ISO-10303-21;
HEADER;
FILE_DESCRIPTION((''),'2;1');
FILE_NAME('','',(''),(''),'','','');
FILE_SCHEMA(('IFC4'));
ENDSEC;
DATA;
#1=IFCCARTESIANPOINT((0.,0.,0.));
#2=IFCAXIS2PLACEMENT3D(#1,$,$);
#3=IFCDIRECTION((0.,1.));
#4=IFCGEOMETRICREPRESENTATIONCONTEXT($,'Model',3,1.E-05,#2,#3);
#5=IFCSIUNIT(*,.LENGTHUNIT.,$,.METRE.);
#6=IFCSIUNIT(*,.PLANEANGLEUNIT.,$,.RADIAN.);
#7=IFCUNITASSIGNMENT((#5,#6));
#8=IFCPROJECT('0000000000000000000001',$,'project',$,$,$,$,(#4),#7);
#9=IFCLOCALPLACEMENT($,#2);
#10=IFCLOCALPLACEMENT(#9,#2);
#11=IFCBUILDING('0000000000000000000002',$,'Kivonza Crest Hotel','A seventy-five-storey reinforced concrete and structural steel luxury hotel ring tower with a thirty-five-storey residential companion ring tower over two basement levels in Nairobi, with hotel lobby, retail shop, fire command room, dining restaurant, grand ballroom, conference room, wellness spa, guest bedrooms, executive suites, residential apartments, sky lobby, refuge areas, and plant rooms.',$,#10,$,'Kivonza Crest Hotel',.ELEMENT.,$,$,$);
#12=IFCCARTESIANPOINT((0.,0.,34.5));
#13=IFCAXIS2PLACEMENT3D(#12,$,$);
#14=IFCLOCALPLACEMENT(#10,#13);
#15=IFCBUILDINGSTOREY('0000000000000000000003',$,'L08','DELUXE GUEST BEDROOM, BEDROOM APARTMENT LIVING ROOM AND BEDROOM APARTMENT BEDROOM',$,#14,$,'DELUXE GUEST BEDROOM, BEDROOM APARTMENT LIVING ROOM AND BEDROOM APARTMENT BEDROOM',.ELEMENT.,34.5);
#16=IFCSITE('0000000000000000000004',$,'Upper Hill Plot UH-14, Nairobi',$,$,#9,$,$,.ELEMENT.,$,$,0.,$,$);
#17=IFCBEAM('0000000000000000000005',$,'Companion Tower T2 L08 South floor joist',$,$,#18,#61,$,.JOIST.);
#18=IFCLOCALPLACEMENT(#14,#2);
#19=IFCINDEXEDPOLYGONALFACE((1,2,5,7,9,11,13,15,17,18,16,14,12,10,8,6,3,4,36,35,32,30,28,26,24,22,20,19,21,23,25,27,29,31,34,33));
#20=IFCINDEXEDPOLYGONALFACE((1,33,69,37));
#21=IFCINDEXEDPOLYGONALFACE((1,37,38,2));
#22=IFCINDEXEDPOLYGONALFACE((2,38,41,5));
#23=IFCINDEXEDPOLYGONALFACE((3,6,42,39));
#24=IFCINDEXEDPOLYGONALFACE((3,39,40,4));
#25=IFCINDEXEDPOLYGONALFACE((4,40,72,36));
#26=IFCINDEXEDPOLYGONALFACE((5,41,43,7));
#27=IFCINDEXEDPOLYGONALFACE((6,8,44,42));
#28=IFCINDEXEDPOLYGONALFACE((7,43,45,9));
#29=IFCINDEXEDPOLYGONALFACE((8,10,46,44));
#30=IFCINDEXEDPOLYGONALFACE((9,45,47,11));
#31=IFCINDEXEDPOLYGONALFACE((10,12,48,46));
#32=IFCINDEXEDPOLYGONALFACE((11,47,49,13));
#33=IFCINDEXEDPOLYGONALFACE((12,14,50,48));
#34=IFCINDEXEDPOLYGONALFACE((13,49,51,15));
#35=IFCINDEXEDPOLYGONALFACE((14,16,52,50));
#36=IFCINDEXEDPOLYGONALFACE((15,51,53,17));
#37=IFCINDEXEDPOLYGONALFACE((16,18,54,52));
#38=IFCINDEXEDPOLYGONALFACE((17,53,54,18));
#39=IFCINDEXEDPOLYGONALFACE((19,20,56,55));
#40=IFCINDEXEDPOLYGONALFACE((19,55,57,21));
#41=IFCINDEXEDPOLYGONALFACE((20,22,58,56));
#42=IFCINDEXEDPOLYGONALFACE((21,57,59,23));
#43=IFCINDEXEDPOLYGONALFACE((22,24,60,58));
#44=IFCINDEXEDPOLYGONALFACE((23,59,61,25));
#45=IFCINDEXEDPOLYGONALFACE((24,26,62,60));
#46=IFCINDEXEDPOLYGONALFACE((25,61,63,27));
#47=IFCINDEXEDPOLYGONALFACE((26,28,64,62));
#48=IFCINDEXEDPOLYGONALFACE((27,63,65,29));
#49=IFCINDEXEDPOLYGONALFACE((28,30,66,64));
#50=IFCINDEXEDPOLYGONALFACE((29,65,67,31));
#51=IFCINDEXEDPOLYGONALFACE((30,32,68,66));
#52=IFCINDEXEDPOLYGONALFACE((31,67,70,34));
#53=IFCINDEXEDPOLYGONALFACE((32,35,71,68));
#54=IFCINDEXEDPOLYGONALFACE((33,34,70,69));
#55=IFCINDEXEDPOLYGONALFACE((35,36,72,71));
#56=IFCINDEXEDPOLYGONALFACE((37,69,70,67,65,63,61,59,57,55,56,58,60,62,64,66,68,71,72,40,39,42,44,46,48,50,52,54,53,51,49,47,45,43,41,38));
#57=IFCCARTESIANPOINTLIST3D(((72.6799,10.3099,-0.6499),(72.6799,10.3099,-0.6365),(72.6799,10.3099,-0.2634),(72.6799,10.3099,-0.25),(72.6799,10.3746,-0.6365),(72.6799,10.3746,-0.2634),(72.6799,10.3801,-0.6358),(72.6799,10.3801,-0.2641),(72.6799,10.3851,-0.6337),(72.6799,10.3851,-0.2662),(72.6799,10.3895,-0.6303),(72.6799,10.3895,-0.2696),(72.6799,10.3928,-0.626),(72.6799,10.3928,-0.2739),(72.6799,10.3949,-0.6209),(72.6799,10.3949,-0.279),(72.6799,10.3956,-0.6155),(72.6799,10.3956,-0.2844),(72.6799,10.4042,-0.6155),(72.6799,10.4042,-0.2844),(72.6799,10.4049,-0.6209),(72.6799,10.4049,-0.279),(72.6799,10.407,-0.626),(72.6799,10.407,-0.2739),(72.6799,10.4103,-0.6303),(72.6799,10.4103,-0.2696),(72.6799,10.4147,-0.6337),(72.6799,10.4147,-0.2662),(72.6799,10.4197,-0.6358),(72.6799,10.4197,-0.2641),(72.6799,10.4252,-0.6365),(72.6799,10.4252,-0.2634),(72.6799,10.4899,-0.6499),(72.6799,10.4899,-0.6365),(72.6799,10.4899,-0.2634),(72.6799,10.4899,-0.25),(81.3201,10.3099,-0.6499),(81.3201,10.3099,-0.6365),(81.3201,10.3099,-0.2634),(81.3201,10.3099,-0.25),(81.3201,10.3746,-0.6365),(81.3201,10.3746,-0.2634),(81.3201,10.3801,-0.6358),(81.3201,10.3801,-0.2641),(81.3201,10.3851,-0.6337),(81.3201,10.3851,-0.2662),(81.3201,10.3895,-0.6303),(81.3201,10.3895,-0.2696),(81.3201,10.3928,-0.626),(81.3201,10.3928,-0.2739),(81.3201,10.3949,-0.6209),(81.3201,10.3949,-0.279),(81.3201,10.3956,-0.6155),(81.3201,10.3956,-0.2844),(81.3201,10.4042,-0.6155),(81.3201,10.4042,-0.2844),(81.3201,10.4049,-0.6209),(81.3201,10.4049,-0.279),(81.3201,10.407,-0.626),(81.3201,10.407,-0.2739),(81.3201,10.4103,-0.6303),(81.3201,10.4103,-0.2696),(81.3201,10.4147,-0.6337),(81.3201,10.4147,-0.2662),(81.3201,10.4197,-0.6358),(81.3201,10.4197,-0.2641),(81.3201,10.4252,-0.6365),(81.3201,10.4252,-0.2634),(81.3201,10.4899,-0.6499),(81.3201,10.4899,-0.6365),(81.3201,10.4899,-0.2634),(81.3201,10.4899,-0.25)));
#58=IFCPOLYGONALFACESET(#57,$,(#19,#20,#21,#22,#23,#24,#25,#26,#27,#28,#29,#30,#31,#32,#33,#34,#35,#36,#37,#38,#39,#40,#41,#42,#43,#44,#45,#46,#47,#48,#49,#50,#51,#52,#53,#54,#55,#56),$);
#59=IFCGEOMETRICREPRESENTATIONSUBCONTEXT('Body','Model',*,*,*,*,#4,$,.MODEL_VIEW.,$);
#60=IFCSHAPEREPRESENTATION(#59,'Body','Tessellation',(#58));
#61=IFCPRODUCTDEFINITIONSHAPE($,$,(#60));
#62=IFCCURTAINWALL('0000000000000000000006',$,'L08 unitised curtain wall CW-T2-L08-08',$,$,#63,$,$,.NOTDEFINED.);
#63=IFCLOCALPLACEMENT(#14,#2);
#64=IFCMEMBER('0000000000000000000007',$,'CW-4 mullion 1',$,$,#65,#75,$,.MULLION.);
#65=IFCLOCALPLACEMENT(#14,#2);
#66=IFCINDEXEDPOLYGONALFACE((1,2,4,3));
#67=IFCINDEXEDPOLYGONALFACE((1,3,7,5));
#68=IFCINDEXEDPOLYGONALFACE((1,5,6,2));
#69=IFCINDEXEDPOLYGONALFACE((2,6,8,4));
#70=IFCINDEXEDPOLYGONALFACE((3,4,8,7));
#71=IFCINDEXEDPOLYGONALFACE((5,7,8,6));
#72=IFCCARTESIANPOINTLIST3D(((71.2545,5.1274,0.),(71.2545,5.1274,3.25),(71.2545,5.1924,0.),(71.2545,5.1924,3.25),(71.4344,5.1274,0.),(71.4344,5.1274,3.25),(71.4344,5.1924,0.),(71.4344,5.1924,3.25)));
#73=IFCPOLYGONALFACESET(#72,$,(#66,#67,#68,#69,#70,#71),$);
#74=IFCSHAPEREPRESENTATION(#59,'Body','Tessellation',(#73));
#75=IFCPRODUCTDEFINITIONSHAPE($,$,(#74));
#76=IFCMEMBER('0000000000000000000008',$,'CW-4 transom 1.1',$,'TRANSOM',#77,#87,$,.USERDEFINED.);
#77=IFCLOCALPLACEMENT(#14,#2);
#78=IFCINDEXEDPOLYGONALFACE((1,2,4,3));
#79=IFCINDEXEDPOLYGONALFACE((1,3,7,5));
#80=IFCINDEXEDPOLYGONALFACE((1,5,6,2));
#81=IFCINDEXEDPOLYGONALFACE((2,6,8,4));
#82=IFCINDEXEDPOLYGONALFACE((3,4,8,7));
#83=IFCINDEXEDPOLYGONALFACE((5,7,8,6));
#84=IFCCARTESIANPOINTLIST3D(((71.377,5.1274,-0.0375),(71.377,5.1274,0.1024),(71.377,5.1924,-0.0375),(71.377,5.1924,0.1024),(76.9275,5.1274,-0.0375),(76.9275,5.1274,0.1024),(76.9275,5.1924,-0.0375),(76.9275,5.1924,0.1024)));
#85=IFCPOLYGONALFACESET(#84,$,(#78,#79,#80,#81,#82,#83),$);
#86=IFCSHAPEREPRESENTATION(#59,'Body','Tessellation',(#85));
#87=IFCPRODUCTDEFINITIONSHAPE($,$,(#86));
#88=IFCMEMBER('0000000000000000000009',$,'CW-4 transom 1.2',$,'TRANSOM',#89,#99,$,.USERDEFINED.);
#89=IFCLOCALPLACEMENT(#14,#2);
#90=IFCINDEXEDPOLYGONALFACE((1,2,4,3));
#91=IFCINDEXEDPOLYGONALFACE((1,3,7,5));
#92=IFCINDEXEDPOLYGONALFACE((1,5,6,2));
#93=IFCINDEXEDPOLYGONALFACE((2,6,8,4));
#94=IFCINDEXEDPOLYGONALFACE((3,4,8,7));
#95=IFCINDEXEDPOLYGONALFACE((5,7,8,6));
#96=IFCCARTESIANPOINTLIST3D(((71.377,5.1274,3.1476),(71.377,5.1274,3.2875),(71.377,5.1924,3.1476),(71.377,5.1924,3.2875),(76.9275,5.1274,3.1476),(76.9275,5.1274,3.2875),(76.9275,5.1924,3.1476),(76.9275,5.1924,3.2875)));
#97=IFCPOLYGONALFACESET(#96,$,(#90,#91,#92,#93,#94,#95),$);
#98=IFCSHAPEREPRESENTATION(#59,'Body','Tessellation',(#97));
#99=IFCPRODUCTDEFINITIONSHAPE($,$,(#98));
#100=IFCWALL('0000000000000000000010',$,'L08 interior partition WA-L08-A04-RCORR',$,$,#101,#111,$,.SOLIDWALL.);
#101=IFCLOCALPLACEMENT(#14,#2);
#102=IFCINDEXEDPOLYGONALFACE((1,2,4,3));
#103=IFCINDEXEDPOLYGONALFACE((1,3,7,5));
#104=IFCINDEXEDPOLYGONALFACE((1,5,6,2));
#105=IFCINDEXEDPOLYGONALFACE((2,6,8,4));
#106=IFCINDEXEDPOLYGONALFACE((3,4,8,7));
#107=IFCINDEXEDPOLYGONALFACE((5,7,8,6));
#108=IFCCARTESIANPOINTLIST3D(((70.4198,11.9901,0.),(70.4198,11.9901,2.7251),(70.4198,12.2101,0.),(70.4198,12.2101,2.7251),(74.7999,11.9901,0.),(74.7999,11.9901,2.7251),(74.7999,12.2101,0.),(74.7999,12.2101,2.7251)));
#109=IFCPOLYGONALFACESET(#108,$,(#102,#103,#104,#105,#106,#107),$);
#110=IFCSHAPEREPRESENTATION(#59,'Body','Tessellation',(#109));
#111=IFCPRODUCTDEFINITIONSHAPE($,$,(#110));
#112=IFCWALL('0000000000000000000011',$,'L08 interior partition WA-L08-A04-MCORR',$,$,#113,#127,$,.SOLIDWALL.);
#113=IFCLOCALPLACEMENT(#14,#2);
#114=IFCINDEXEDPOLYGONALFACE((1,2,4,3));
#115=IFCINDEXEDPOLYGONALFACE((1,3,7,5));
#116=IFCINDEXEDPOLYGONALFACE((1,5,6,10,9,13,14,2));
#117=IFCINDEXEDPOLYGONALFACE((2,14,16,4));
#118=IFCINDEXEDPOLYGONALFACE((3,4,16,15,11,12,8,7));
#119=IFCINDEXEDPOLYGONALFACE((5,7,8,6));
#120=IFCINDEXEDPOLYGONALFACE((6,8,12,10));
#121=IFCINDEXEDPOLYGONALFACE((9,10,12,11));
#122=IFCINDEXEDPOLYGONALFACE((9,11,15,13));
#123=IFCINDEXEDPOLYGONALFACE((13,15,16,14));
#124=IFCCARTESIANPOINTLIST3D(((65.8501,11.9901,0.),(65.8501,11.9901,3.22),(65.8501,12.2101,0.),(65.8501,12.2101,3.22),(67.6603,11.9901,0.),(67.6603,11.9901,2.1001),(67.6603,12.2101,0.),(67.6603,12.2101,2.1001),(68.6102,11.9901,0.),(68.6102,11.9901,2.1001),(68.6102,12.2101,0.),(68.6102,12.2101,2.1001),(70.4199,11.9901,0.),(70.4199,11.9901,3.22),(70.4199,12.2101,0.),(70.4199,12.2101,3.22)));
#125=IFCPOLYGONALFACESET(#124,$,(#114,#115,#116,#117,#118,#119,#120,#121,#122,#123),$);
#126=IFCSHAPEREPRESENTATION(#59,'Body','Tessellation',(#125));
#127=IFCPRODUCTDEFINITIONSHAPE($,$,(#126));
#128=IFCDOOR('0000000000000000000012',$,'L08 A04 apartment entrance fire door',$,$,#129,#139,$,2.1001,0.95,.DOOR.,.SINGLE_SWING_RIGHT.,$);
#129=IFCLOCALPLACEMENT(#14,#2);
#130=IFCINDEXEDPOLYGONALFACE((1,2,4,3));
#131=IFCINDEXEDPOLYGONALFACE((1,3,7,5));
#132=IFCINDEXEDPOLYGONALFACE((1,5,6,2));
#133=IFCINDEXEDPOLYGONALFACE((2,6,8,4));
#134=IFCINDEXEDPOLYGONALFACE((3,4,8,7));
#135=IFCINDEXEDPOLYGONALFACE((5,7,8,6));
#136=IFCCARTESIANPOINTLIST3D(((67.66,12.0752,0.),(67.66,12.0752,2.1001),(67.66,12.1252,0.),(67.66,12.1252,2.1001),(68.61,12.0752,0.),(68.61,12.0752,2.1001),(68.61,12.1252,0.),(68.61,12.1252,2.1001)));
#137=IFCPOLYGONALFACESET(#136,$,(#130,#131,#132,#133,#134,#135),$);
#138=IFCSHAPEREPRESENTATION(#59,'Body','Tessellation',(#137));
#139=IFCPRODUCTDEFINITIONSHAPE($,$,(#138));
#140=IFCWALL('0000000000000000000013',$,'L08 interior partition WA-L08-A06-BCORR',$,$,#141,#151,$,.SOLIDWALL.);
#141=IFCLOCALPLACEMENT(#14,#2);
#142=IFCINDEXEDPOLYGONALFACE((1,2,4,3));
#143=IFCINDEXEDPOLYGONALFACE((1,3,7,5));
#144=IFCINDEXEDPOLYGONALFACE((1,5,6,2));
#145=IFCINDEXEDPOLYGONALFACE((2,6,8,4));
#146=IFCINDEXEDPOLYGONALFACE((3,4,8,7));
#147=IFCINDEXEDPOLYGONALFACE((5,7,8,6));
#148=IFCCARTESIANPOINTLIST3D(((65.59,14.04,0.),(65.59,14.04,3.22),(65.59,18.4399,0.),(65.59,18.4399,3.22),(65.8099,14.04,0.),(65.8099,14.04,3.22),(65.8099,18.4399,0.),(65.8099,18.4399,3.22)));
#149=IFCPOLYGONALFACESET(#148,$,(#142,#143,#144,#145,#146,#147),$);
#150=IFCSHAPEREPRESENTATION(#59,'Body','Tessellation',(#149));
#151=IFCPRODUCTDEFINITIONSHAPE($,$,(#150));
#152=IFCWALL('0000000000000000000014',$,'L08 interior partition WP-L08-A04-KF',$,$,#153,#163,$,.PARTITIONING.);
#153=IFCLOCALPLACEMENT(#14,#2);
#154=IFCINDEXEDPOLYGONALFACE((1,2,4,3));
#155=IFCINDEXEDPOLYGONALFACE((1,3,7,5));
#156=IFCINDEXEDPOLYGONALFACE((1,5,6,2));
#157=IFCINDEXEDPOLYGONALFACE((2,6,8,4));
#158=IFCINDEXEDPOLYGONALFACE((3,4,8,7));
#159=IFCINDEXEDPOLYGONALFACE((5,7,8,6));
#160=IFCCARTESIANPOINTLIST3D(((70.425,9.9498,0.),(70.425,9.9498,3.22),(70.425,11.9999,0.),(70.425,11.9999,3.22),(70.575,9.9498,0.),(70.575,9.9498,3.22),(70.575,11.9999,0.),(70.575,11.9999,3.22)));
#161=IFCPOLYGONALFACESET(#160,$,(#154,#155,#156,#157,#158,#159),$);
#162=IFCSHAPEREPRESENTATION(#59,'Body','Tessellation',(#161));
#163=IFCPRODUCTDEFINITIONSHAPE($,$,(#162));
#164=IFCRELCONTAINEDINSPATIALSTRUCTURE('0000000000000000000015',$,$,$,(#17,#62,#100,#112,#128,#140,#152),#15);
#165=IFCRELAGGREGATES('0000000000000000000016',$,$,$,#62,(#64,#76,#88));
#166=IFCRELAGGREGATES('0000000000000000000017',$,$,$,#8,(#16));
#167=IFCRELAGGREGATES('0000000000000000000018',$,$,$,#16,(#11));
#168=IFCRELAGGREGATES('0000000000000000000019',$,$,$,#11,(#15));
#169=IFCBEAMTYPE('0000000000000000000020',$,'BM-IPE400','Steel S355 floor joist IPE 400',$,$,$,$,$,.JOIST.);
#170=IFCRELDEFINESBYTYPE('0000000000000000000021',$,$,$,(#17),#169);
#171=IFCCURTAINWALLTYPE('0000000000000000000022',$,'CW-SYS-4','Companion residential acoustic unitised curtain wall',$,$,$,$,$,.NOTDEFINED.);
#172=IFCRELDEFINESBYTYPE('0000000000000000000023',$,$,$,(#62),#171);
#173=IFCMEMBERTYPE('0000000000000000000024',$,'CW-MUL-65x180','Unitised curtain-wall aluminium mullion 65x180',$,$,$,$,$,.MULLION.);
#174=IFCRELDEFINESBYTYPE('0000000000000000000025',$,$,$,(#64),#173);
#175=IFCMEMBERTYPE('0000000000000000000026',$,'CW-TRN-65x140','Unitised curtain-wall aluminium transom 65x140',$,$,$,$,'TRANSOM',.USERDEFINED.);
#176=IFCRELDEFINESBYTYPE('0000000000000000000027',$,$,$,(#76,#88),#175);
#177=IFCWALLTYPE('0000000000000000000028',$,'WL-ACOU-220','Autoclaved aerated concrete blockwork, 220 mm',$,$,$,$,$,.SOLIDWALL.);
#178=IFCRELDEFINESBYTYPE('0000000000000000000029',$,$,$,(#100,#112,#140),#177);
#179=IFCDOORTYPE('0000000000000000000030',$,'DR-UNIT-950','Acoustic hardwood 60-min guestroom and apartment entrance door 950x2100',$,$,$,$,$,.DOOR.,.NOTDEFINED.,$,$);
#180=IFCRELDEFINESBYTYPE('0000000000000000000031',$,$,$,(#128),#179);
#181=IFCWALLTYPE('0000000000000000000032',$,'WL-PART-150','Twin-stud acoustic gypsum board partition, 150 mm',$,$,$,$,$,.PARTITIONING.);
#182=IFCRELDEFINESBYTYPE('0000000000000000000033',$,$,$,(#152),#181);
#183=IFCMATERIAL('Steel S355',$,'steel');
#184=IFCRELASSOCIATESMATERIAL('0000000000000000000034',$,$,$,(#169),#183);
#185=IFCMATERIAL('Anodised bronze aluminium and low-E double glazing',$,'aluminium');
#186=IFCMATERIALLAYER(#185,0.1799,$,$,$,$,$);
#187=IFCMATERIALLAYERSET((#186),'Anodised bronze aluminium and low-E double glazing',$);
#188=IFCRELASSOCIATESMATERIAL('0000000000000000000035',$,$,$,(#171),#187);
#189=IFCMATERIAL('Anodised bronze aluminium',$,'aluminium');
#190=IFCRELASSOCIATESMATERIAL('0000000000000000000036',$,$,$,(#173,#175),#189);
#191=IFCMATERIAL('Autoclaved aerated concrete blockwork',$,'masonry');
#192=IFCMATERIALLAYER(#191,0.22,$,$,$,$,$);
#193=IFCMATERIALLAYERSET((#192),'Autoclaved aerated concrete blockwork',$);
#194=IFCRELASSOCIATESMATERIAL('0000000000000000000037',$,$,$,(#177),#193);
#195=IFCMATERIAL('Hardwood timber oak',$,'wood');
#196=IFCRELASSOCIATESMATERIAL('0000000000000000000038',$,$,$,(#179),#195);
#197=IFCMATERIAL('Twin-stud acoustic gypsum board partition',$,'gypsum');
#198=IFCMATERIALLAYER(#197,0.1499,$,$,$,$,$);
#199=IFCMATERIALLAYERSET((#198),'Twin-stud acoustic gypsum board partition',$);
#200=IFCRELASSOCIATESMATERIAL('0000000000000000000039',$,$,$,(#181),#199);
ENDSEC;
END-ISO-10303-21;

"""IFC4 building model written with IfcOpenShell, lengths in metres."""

from ifc_helpers import new_model, si_unit, direction, frame, frame_2d, origin, origin_2d, place, context, subcontext, project, spatial, rectangle, i_section, extrude, material, layer, layer_set, material_profile, profile_set, type_object, element, fill, aggregate, save


model = new_model("IFC4")

# Units and contexts
model_context = context("Model", 3, precision=1e-05, world=origin(), true_north=direction((0.0, 1.0)))
body_context = subcontext(model_context, "Body", "Model", "MODEL_VIEW")
ifc_project = project(units=[si_unit("LENGTHUNIT", "METRE"), si_unit("PLANEANGLEUNIT", "RADIAN")], contexts=[model_context])

# Site, building, storey
site_placement = place(None, origin())
site = spatial("IfcSite", under=ifc_project, at=site_placement, Name="Upper Hill Plot UH-14, Nairobi", CompositionType="ELEMENT", RefElevation=0.0)
building_placement = place(site_placement, origin())
building = spatial("IfcBuilding", under=site, at=building_placement, Name="Kivonza Crest Hotel", Description="A seventy-five-storey reinforced concrete and structural steel luxury hotel ring tower with a thirty-five-storey residential companion ring tower over two basement levels in Nairobi, with hotel lobby, retail shop, fire command room, dining restaurant, grand ballroom, conference room, wellness spa, guest bedrooms, executive suites, residential apartments, sky lobby, refuge areas, and plant rooms.", LongName="Kivonza Crest Hotel", CompositionType="ELEMENT")
storey_placement = place(building_placement, frame((0.0, 0.0, 34.5)))
storey = spatial("IfcBuildingStorey", under=building, at=storey_placement, Name="L08", Description="DELUXE GUEST BEDROOM, BEDROOM APARTMENT LIVING ROOM AND BEDROOM APARTMENT BEDROOM", LongName="DELUXE GUEST BEDROOM, BEDROOM APARTMENT LIVING ROOM AND BEDROOM APARTMENT BEDROOM", CompositionType="ELEMENT", Elevation=34.5)

# Beam
ifc_material_1 = material(Name="Steel S355", Category="steel")
ifc_material_profile_1 = material_profile(ifc_material_1, i_section(OverallWidth=0.1799, OverallDepth=0.3999, WebThickness=0.0085, FlangeThickness=0.0134, FilletRadius=0.021, at=origin_2d()), Name="IPE 400")
ifc_profile_set_1 = profile_set([ifc_material_profile_1], Name="Steel S355")
beam_type_1 = type_object("IfcBeamType", Name="BM-IPE400", Description="Steel S355 floor joist IPE 400", PredefinedType="JOIST", material=ifc_profile_set_1)
beam_1_placement = place(storey_placement, frame((72.6799, 10.3999, -0.45), z_axis=(1.0, 0.0, 0.0), x_axis=(0.0, 1.0, 0.0)))
element("IfcBeam", 1, at=beam_1_placement, inside=storey, type_object=beam_type_1, Name="Companion Tower T2 L08 South floor joist", PredefinedType="JOIST", context=body_context, shape_type="SweptSolid", body=[
    extrude(i_section(OverallWidth=0.1799, OverallDepth=0.3999, WebThickness=0.0085, FlangeThickness=0.0134, FilletRadius=0.021, at=origin_2d()), origin(), (0.0, 0.0, 1.0), 8.6401),
])

# Curtain wall, members
ifc_material_2 = material(Name="Anodised bronze aluminium and low-E double glazing", Category="aluminium")
ifc_layer_1 = layer(ifc_material_2, 0.1799)
ifc_layer_set_1 = layer_set([ifc_layer_1], Name="Anodised bronze aluminium and low-E double glazing")
curtain_wall_type = type_object("IfcCurtainWallType", Name="CW-SYS-4", Description="Companion residential acoustic unitised curtain wall", PredefinedType="NOTDEFINED", material=ifc_layer_set_1)
curtain_wall_placement = place(storey_placement, origin())
curtain_wall = element("IfcCurtainWall", 2, at=curtain_wall_placement, inside=storey, type_object=curtain_wall_type, Name="L08 unitised curtain wall CW-T2-L08-08", PredefinedType="NOTDEFINED")
ifc_material_3 = material(Name="Anodised bronze aluminium", Category="aluminium")
ifc_material_profile_2 = material_profile(ifc_material_3, rectangle(XDim=0.0649, YDim=0.1799, at=origin_2d()), Name="CW-M 65x180")
ifc_profile_set_2 = profile_set([ifc_material_profile_2], Name="Anodised bronze aluminium")
member_type_1 = type_object("IfcMemberType", Name="CW-MUL-65x180", Description="Unitised curtain-wall aluminium mullion 65x180", PredefinedType="MULLION", material=ifc_profile_set_2)
member_1_placement = place(storey_placement, frame((71.3445, 5.1599, 0.0), z_axis=(0.0, 0.0, 1.0), x_axis=(0.0, 1.0, 0.0)))
member_1 = element("IfcMember", 3, at=member_1_placement, type_object=member_type_1, Name="CW-4 mullion 1", PredefinedType="MULLION", context=body_context, shape_type="SweptSolid", body=[
    extrude(rectangle(XDim=0.0649, YDim=0.1799, at=origin_2d()), origin(), (0.0, 0.0, 1.0), 3.25),
])
ifc_material_profile_3 = material_profile(ifc_material_3, rectangle(XDim=0.0649, YDim=0.1399, at=origin_2d()), Name="CW-T 65x140")
ifc_profile_set_3 = profile_set([ifc_material_profile_3], Name="Anodised bronze aluminium")
member_type_2 = type_object("IfcMemberType", Name="CW-TRN-65x140", Description="Unitised curtain-wall aluminium transom 65x140", ElementType="TRANSOM", PredefinedType="USERDEFINED", material=ifc_profile_set_3)
member_2_placement = place(storey_placement, frame((71.377, 5.1599, 0.0325), z_axis=(1.0, 0.0, 0.0), x_axis=(0.0, 1.0, 0.0)))
member_2 = element("IfcMember", 4, at=member_2_placement, type_object=member_type_2, Name="CW-4 transom 1.1", ObjectType="TRANSOM", PredefinedType="USERDEFINED", context=body_context, shape_type="SweptSolid", body=[
    extrude(rectangle(XDim=0.0649, YDim=0.1399, at=origin_2d()), origin(), (0.0, 0.0, 1.0), 5.5505),
])
member_3_placement = place(storey_placement, frame((71.377, 5.1599, 3.2175), z_axis=(1.0, 0.0, 0.0), x_axis=(0.0, 1.0, 0.0)))
member_3 = element("IfcMember", 5, at=member_3_placement, type_object=member_type_2, Name="CW-4 transom 1.2", ObjectType="TRANSOM", PredefinedType="USERDEFINED", context=body_context, shape_type="SweptSolid", body=[
    extrude(rectangle(XDim=0.0649, YDim=0.1399, at=origin_2d()), origin(), (0.0, 0.0, 1.0), 5.5505),
])
aggregate(curtain_wall, [member_1, member_2, member_3])

# Wall
ifc_material_4 = material(Name="Autoclaved aerated concrete blockwork", Category="masonry")
ifc_layer_2 = layer(ifc_material_4, 0.22)
ifc_layer_set_2 = layer_set([ifc_layer_2], Name="Autoclaved aerated concrete blockwork")
wall_type_1 = type_object("IfcWallType", Name="WL-ACOU-220", Description="Autoclaved aerated concrete blockwork, 220 mm", PredefinedType="SOLIDWALL", material=ifc_layer_set_2)
wall_1_placement = place(storey_placement, frame((70.4199, 12.1001, 0.0), z_axis=(0.0, 0.0, 1.0), x_axis=(1.0, 0.0, 0.0)))
element("IfcWall", 6, at=wall_1_placement, inside=storey, type_object=wall_type_1, Name="L08 interior partition WA-L08-A04-RCORR", PredefinedType="SOLIDWALL", context=body_context, shape_type="SweptSolid", body=[
    extrude(rectangle(XDim=4.3801, YDim=0.22, at=frame_2d((2.1899, 0.0))), origin(), (0.0, 0.0, 1.0), 2.7251),
])

# Wall, opening, door
wall_2_placement = place(storey_placement, frame((65.8501, 12.1001, 0.0), z_axis=(0.0, 0.0, 1.0), x_axis=(1.0, 0.0, 0.0)))
wall_2 = element("IfcWall", 7, at=wall_2_placement, inside=storey, type_object=wall_type_1, Name="L08 interior partition WA-L08-A04-MCORR", PredefinedType="SOLIDWALL", context=body_context, shape_type="SweptSolid", body=[
    extrude(rectangle(XDim=4.5698, YDim=0.22, at=frame_2d((2.2849, 0.0))), origin(), (0.0, 0.0, 1.0), 3.22),
])
opening_1_placement = place(wall_2_placement, frame((1.8101, 0.0, 0.0)))
opening_1 = element("IfcOpeningElement", 8, at=opening_1_placement, cuts=wall_2, PredefinedType="OPENING", context=body_context, shape_type="SweptSolid", body=[
    extrude(rectangle(XDim=0.95, YDim=2.1001, at=frame_2d((0.4751, 1.05))), frame((0.0, 0.1201, 0.0), z_axis=(0.0, -1.0, 0.0), x_axis=(1.0, 0.0, 0.0)), (0.0, 0.0, 1.0), 0.24),
])
ifc_material_5 = material(Name="Hardwood timber oak", Category="wood")
door_type_1 = type_object("IfcDoorType", Name="DR-UNIT-950", Description="Acoustic hardwood 60-min guestroom and apartment entrance door 950x2100", OperationType="NOTDEFINED", PredefinedType="DOOR", material=ifc_material_5)
door_1_placement = place(opening_1_placement, frame((0.95, 0.0, 0.0), z_axis=(0.0, 0.0, 1.0), x_axis=(-1.0, 0.0, 0.0)))
door_1 = element("IfcDoor", 9, at=door_1_placement, inside=storey, type_object=door_type_1, Name="L08 A04 apartment entrance fire door", OperationType="SINGLE_SWING_RIGHT", OverallHeight=2.1001, OverallWidth=0.95, PredefinedType="DOOR", context=body_context, shape_type="SweptSolid", body=[
    extrude(rectangle(XDim=0.95, YDim=2.1001, at=frame_2d((0.4751, 1.05))), frame((0.0, 0.0249, 0.0), z_axis=(0.0, -1.0, 0.0), x_axis=(1.0, 0.0, 0.0)), (0.0, 0.0, 1.0), 0.05),
])
fill(opening_1, door_1)

# Walls
wall_3_placement = place(storey_placement, frame((65.7, 14.04, 0.0), z_axis=(0.0, 0.0, 1.0), x_axis=(0.0, 1.0, 0.0)))
element("IfcWall", 10, at=wall_3_placement, inside=storey, type_object=wall_type_1, Name="L08 interior partition WA-L08-A06-BCORR", PredefinedType="SOLIDWALL", context=body_context, shape_type="SweptSolid", body=[
    extrude(rectangle(XDim=4.3999, YDim=0.22, at=frame_2d((2.2, 0.0))), origin(), (0.0, 0.0, 1.0), 3.22),
])
ifc_material_6 = material(Name="Twin-stud acoustic gypsum board partition", Category="gypsum")
ifc_layer_3 = layer(ifc_material_6, 0.1499)
ifc_layer_set_3 = layer_set([ifc_layer_3], Name="Twin-stud acoustic gypsum board partition")
wall_type_2 = type_object("IfcWallType", Name="WL-PART-150", Description="Twin-stud acoustic gypsum board partition, 150 mm", PredefinedType="PARTITIONING", material=ifc_layer_set_3)
wall_4_placement = place(storey_placement, frame((70.5, 9.95, 0.0), z_axis=(0.0, 0.0, 1.0), x_axis=(0.0, 1.0, 0.0)))
element("IfcWall", 11, at=wall_4_placement, inside=storey, type_object=wall_type_2, Name="L08 interior partition WP-L08-A04-KF", PredefinedType="PARTITIONING", context=body_context, shape_type="SweptSolid", body=[
    extrude(rectangle(XDim=2.05, YDim=0.1499, at=frame_2d((1.0249, 0.0))), origin(), (0.0, 0.0, 1.0), 3.22),
])

save(model, "model.ifc")
